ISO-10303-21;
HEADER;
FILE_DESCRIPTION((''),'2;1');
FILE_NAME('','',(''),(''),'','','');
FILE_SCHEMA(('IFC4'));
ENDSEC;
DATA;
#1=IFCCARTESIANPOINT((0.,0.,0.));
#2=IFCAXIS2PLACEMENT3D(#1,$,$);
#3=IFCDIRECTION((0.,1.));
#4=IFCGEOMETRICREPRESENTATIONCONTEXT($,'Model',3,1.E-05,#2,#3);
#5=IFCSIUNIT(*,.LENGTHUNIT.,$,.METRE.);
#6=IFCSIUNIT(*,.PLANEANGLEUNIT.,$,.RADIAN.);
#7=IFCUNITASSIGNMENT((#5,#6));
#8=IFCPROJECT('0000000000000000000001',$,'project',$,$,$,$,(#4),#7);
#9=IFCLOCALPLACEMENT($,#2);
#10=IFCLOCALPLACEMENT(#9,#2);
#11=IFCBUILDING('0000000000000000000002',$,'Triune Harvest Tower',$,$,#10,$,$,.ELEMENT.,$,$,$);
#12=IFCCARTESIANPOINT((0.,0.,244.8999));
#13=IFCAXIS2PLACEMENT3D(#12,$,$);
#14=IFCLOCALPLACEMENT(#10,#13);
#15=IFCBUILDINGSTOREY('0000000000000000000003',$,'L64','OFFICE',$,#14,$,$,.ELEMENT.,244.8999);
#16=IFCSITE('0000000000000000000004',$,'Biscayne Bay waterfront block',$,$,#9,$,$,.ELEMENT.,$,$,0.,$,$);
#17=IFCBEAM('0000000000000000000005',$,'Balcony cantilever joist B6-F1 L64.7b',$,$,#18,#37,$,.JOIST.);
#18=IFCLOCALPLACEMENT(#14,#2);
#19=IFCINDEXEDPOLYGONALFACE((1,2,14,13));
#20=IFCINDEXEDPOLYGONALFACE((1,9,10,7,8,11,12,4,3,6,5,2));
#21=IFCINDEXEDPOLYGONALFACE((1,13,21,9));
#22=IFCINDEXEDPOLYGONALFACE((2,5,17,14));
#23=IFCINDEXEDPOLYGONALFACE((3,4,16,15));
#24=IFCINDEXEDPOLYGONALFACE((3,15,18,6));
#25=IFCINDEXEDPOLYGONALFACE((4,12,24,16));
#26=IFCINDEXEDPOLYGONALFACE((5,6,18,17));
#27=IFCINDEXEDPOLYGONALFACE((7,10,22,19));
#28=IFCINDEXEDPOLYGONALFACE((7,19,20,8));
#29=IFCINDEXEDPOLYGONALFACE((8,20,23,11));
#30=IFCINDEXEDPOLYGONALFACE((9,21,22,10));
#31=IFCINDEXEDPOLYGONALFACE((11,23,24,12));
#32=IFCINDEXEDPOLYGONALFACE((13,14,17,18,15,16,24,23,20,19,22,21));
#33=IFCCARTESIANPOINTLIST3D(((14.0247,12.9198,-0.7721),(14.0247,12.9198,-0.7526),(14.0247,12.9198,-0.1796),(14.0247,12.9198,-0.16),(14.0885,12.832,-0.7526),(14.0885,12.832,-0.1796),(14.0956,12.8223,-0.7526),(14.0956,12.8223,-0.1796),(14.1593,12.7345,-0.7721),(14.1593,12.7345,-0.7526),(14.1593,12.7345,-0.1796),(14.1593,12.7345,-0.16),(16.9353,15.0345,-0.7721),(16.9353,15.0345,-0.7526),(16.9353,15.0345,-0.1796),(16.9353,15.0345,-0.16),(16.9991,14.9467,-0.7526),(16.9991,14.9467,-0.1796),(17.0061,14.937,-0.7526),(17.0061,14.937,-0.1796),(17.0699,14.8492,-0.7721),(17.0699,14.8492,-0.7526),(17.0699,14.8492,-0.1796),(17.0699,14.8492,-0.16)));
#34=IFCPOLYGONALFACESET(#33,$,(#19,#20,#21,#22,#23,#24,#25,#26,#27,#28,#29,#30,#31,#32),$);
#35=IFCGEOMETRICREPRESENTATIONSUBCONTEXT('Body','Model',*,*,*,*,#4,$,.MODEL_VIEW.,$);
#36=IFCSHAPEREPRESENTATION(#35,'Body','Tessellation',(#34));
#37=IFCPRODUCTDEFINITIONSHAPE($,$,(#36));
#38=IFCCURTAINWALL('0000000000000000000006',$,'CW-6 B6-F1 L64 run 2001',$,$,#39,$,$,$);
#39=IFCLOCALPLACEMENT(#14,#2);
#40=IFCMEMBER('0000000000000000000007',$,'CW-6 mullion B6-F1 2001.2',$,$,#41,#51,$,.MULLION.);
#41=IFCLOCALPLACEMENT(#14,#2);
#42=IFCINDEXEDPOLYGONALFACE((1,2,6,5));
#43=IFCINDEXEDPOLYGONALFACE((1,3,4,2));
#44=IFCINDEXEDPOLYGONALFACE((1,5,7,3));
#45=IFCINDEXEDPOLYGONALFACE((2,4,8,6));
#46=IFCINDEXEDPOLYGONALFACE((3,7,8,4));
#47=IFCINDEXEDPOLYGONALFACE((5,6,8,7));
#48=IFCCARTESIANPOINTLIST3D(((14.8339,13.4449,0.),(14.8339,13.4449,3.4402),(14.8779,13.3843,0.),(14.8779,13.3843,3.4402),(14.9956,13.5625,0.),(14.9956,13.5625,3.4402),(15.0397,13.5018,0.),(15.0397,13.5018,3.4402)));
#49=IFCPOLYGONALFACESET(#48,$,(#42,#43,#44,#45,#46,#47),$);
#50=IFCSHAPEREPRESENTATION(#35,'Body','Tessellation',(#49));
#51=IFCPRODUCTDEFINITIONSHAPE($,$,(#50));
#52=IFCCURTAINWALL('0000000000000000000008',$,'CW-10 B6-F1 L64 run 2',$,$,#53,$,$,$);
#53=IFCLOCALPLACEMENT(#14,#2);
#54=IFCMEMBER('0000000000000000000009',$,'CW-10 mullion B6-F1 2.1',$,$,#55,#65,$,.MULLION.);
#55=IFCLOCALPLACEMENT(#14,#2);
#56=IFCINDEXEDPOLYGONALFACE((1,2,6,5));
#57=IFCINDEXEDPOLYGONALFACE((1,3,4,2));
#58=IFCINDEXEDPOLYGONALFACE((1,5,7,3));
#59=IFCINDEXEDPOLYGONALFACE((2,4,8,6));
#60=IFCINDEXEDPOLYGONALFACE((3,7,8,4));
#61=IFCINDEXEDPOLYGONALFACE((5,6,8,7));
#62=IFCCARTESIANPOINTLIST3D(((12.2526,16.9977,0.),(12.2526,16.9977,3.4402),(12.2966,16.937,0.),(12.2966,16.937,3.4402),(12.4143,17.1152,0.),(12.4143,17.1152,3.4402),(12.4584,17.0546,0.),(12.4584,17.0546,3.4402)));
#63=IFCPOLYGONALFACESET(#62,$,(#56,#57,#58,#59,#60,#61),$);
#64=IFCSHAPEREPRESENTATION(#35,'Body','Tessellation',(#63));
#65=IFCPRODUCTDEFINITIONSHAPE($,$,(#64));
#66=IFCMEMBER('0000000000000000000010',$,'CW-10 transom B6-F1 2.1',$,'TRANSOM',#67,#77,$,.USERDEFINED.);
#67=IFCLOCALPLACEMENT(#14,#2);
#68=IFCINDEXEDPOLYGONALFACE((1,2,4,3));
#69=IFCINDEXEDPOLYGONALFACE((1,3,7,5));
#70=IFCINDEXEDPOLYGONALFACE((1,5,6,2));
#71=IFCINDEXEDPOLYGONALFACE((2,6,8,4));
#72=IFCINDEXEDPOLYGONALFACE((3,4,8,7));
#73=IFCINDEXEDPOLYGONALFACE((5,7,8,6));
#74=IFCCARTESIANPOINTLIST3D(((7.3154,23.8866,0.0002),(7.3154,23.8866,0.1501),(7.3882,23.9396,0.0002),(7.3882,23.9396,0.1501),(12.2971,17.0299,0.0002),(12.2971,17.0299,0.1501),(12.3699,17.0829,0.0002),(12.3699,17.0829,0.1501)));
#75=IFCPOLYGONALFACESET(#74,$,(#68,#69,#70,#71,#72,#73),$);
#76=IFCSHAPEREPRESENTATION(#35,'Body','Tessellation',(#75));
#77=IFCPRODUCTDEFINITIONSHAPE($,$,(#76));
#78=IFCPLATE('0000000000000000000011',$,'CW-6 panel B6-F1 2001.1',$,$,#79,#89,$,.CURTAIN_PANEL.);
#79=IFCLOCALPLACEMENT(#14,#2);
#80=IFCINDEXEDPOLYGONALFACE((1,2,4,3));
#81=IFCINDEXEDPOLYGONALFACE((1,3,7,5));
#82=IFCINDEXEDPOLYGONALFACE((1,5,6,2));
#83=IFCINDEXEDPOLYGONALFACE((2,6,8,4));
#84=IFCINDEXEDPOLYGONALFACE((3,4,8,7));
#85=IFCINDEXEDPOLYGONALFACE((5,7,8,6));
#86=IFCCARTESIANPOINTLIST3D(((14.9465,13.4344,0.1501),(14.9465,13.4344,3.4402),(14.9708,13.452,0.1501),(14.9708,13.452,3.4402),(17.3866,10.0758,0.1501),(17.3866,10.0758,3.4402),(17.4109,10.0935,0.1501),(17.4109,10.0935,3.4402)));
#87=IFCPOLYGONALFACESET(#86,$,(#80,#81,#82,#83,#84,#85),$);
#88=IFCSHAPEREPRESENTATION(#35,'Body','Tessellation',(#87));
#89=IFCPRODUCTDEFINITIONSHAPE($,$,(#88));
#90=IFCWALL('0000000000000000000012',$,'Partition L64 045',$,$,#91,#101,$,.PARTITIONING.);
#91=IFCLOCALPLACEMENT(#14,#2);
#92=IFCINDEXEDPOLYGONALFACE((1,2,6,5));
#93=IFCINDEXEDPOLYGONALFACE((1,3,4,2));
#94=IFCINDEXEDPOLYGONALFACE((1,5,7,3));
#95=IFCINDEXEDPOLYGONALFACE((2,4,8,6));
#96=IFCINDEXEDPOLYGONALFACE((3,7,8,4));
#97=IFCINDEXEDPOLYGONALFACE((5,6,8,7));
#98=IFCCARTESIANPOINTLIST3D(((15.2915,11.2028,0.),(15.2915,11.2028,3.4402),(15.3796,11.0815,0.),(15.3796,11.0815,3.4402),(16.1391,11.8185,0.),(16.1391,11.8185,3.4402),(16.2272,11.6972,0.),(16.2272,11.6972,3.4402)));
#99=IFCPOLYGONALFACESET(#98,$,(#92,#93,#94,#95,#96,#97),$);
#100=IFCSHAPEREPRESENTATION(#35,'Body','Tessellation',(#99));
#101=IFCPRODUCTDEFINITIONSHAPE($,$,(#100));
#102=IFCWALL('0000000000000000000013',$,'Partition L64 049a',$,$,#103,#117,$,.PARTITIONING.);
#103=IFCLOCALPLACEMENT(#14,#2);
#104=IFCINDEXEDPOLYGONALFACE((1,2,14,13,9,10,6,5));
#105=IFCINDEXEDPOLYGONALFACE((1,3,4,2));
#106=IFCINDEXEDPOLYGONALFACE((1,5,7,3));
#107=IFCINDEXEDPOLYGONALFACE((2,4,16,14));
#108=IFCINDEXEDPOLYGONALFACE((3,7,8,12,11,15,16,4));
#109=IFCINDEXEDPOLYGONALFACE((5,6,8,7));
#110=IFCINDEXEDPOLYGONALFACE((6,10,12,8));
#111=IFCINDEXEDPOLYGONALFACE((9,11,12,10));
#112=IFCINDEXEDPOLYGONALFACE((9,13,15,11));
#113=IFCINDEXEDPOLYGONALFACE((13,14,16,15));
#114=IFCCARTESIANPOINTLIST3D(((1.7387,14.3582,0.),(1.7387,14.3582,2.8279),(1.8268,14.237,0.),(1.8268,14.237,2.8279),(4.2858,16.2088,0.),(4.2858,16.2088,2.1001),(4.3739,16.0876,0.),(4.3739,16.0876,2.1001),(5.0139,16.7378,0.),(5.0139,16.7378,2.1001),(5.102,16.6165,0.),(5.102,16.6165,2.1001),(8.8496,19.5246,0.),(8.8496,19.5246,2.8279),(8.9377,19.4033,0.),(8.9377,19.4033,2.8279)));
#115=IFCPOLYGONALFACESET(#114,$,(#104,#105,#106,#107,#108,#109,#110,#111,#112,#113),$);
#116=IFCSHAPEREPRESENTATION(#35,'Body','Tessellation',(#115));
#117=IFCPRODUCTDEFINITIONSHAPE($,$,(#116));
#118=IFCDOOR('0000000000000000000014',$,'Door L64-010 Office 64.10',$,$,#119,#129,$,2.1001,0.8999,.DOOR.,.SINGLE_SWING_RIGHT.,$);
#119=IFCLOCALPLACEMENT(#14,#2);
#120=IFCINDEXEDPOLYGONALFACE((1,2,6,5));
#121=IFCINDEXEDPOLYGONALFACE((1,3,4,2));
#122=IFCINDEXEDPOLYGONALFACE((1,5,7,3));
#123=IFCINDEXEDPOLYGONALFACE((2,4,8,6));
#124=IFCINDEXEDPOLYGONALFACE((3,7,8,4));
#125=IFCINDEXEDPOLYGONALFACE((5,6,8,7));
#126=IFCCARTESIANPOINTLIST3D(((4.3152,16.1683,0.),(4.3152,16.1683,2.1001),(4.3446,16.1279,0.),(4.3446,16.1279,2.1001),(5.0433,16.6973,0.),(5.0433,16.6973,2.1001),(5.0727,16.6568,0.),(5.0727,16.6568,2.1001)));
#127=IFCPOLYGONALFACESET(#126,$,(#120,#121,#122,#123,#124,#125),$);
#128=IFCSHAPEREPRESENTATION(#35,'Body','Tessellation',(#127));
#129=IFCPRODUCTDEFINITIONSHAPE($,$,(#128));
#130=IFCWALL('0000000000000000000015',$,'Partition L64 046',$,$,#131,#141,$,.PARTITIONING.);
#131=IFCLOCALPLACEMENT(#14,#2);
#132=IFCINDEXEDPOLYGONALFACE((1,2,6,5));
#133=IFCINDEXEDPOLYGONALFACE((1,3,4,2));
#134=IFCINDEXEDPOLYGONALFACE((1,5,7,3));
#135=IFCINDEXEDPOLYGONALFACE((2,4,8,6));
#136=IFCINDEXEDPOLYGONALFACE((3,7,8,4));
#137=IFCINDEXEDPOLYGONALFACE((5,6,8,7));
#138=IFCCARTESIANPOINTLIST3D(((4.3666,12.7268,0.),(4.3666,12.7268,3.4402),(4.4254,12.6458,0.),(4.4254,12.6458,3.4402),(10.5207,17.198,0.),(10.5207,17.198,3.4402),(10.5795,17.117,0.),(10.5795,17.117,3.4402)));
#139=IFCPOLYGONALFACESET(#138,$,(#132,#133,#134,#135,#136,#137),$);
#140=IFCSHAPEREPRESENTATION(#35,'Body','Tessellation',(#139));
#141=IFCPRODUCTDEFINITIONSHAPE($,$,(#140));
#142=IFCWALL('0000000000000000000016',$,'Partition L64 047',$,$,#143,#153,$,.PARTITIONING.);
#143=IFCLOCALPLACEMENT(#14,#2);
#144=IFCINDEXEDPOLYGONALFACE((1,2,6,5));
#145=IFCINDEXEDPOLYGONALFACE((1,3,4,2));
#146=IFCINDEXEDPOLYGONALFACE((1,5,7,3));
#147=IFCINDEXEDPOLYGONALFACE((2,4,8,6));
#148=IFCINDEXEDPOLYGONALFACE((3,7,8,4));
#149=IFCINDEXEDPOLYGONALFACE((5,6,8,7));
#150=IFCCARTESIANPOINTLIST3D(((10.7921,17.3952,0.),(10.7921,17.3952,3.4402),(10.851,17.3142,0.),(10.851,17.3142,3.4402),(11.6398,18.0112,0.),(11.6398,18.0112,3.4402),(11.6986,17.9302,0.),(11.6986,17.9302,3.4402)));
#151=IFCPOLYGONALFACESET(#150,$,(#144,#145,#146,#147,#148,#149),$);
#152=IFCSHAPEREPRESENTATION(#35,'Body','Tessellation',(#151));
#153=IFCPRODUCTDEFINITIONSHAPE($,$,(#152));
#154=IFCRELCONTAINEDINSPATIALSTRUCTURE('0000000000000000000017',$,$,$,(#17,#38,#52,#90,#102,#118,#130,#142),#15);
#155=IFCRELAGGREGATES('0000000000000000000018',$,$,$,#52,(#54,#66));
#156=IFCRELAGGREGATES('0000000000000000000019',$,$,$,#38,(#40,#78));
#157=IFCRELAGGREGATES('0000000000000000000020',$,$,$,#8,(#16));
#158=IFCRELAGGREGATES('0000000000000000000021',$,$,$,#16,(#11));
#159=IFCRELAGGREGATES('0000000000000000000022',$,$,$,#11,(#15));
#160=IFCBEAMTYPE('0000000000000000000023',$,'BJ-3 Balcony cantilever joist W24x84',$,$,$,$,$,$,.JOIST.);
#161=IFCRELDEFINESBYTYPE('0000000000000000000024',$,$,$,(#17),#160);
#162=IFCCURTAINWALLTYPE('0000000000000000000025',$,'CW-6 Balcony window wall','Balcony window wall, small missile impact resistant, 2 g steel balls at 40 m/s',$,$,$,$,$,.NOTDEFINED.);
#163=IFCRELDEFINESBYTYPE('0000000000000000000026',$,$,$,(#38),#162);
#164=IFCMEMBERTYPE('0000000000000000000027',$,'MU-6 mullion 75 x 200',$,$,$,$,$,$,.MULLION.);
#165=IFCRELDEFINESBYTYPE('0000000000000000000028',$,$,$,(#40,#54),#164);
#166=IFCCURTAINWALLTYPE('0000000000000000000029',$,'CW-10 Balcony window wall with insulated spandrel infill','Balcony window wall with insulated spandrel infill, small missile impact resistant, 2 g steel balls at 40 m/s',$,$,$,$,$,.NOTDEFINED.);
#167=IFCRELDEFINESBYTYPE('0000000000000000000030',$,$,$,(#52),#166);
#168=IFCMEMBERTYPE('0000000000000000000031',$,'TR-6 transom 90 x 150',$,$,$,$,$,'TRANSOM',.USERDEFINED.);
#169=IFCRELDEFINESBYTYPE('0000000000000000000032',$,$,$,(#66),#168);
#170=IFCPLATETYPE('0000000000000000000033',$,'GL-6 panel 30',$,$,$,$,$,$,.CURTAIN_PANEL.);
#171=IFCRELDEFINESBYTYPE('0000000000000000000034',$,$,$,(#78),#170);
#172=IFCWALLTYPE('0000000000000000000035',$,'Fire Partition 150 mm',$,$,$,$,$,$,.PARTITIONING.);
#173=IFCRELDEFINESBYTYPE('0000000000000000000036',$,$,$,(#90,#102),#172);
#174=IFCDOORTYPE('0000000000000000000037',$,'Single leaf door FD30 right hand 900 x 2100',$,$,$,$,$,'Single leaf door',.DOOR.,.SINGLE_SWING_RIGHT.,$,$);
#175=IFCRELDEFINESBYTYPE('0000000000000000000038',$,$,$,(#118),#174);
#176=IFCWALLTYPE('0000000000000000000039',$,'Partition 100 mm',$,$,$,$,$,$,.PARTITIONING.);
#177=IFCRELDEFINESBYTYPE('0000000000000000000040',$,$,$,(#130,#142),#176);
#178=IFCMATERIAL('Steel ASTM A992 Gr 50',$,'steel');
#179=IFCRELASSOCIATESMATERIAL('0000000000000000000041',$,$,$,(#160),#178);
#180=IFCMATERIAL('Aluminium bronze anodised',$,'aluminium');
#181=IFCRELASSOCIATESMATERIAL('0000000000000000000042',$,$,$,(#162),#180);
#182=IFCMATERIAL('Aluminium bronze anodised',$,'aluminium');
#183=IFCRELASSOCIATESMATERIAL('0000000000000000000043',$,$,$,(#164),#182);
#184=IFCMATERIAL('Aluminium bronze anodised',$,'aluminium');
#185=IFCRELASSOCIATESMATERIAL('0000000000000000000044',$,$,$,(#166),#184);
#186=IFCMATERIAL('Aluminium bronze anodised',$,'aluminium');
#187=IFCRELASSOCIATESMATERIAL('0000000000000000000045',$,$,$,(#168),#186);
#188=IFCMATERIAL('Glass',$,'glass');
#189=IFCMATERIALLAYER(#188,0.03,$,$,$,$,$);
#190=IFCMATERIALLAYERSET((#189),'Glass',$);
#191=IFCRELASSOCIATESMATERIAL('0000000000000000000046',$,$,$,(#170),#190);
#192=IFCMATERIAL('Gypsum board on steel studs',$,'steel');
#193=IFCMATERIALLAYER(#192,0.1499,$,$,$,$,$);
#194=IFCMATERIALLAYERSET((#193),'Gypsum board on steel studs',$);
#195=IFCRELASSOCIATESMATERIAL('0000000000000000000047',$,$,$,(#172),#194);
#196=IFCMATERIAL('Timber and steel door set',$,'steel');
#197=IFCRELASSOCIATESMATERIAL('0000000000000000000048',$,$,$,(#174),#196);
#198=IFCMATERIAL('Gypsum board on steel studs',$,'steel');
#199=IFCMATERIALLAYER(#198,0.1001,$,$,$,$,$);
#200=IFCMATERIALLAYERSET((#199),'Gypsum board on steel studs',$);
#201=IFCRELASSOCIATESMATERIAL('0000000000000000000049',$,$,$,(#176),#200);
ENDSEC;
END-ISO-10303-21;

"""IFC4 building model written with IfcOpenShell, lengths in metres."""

from ifc_helpers import new_model, si_unit, direction, frame, frame_2d, origin, origin_2d, place, context, subcontext, project, spatial, rectangle, i_section, extrude, source, transform, mapped, material, layer, layer_set, material_profile, profile_set, type_object, element, fill, aggregate, save


model = new_model("IFC4")

# Units and contexts
model_context = context("Model", 3, precision=1e-05, world=origin(), true_north=direction((0.0, 1.0)))
body_context = subcontext(model_context, "Body", "Model", "MODEL_VIEW")
ifc_project = project(units=[si_unit("LENGTHUNIT", "METRE"), si_unit("PLANEANGLEUNIT", "RADIAN")], contexts=[model_context])

# Site, building, storey
site_placement = place(None, origin())
site = spatial("IfcSite", under=ifc_project, at=site_placement, Name="Biscayne Bay waterfront block", CompositionType="ELEMENT", RefElevation=0.0)
building_placement = place(site_placement, origin())
building = spatial("IfcBuilding", under=site, at=building_placement, Name="Triune Harvest Tower", CompositionType="ELEMENT")
storey_placement = place(building_placement, frame((0.0, 0.0, 244.8999)))
storey = spatial("IfcBuildingStorey", under=building, at=storey_placement, Name="L64", Description="OFFICE", CompositionType="ELEMENT", Elevation=244.8999)

# Beam
ifc_material_1 = material(Name="Steel ASTM A992 Gr 50", Category="steel")
ifc_material_profile_1 = material_profile(ifc_material_1, i_section(OverallWidth=0.229, OverallDepth=0.6121, WebThickness=0.012, FlangeThickness=0.0195, at=origin_2d()), Name="W24x84")
ifc_profile_set_1 = profile_set([ifc_material_profile_1], Name="Steel ASTM A992 Gr 50")
beam_type_1 = type_object("IfcBeamType", Name="BJ-3 Balcony cantilever joist W24x84", PredefinedType="JOIST", material=ifc_profile_set_1)
shared_shape_1 = source(origin(), body_context, "Body", "SweptSolid", [
    extrude(i_section(OverallWidth=0.229, OverallDepth=0.6121, WebThickness=0.012, FlangeThickness=0.0195, at=origin_2d()), origin(), (0.0, 0.0, 1.0), 3.5977),
])
for number, where, z_axis, x_axis, name in (
    (1, (14.092, 12.8271, -0.4661), (0.809012, 0.587792, 0.0), (-0.587792, 0.809012, 0.0), "Balcony cantilever joist B6-F1 L64.7b"),
):
    element("IfcBeam", number, at=place(storey_placement, frame(where, z_axis=z_axis, x_axis=x_axis)), inside=storey, type_object=beam_type_1, Name=name, PredefinedType="JOIST", context=body_context, shape_type="MappedRepresentation", body=[
        mapped(shared_shape_1, transform((0.0, 0.0, 0.0), scale=1.0)),
    ])

# Curtain wall, member
ifc_material_2 = material(Name="Aluminium bronze anodised", Category="aluminium")
curtain_wall_type_1 = type_object("IfcCurtainWallType", Name="CW-6 Balcony window wall", Description="Balcony window wall, small missile impact resistant, 2 g steel balls at 40 m/s", PredefinedType="NOTDEFINED", material=ifc_material_2)
curtain_wall_1_placement = place(storey_placement, origin())
curtain_wall_1 = element("IfcCurtainWall", 2, at=curtain_wall_1_placement, inside=storey, type_object=curtain_wall_type_1, Name="CW-6 B6-F1 L64 run 2001")
ifc_material_3 = material(Name="Aluminium bronze anodised", Category="aluminium")
ifc_material_profile_2 = material_profile(ifc_material_3, rectangle(XDim=0.2, YDim=0.075, at=origin_2d()), Name="MU-6 mullion 75 x 200")
ifc_profile_set_2 = profile_set([ifc_material_profile_2], Name="Aluminium bronze anodised")
member_type_1 = type_object("IfcMemberType", Name="MU-6 mullion 75 x 200", PredefinedType="MULLION", material=ifc_profile_set_2)
shared_shape_2 = source(origin(), body_context, "Body", "SweptSolid", [
    extrude(rectangle(XDim=0.2, YDim=0.075, at=origin_2d()), origin(), (0.0, 0.0, 1.0), 3.4402),
])
member_1_placement = place(storey_placement, frame((14.9368, 13.4734, 0.0), z_axis=(0.0, 0.0, 1.0), x_axis=(-0.809019, -0.587783, 0.0)))
member_1 = element("IfcMember", 3, at=member_1_placement, type_object=member_type_1, Name="CW-6 mullion B6-F1 2001.2", PredefinedType="MULLION", context=body_context, shape_type="MappedRepresentation", body=[
    mapped(shared_shape_2, transform((0.0, 0.0, 0.0), scale=1.0)),
])

# Curtain wall, members
ifc_material_4 = material(Name="Aluminium bronze anodised", Category="aluminium")
curtain_wall_type_2 = type_object("IfcCurtainWallType", Name="CW-10 Balcony window wall with insulated spandrel infill", Description="Balcony window wall with insulated spandrel infill, small missile impact resistant, 2 g steel balls at 40 m/s", PredefinedType="NOTDEFINED", material=ifc_material_4)
curtain_wall_2_placement = place(storey_placement, origin())
curtain_wall_2 = element("IfcCurtainWall", 4, at=curtain_wall_2_placement, inside=storey, type_object=curtain_wall_type_2, Name="CW-10 B6-F1 L64 run 2")
member_2_placement = place(storey_placement, frame((12.3555, 17.0261, 0.0), z_axis=(0.0, 0.0, 1.0), x_axis=(-0.809018, -0.587784, 0.0)))
member_2 = element("IfcMember", 5, at=member_2_placement, type_object=member_type_1, Name="CW-10 mullion B6-F1 2.1", PredefinedType="MULLION", context=body_context, shape_type="MappedRepresentation", body=[
    mapped(shared_shape_2, transform((0.0, 0.0, 0.0), scale=1.0)),
])
ifc_material_5 = material(Name="Aluminium bronze anodised", Category="aluminium")
ifc_material_profile_3 = material_profile(ifc_material_5, rectangle(XDim=0.0901, YDim=0.1499, at=origin_2d()), Name="TR-6 transom 90 x 150")
ifc_profile_set_3 = profile_set([ifc_material_profile_3], Name="Aluminium bronze anodised")
member_type_2 = type_object("IfcMemberType", Name="TR-6 transom 90 x 150", ElementType="TRANSOM", PredefinedType="USERDEFINED", material=ifc_profile_set_3)
shared_shape_3 = source(origin(), body_context, "Body", "SweptSolid", [
    extrude(rectangle(XDim=0.0901, YDim=0.1499, at=origin_2d()), origin(), (0.0, 0.0, 1.0), 8.4753),
])
member_3_placement = place(storey_placement, frame((12.3335, 17.0564, 0.0752), z_axis=(-0.587786, 0.809016, 0.0), x_axis=(-0.809016, -0.587786, 0.0)))
member_3 = element("IfcMember", 6, at=member_3_placement, type_object=member_type_2, Name="CW-10 transom B6-F1 2.1", ObjectType="TRANSOM", PredefinedType="USERDEFINED", context=body_context, shape_type="MappedRepresentation", body=[
    mapped(shared_shape_3, transform((0.0, 0.0, 0.0), scale=1.0)),
])
aggregate(curtain_wall_2, [member_2, member_3])

# Plate
ifc_material_6 = material(Name="Glass", Category="glass")
ifc_layer_1 = layer(ifc_material_6, 0.03)
ifc_layer_set_1 = layer_set([ifc_layer_1], Name="Glass")
plate_type = type_object("IfcPlateType", Name="GL-6 panel 30", PredefinedType="CURTAIN_PANEL", material=ifc_layer_set_1)
shared_shape_4 = source(origin(), body_context, "Body", "SweptSolid", [
    extrude(rectangle(XDim=4.1514, YDim=0.03, at=origin_2d()), origin(), (0.0, 0.0, 1.0), 3.29),
])
plate_placement = place(storey_placement, frame((16.1787, 11.7639, 0.1501), z_axis=(0.0, 0.0, 1.0), x_axis=(-0.587783, 0.809019, 0.0)))
plate = element("IfcPlate", 7, at=plate_placement, type_object=plate_type, Name="CW-6 panel B6-F1 2001.1", PredefinedType="CURTAIN_PANEL", context=body_context, shape_type="MappedRepresentation", body=[
    mapped(shared_shape_4, transform((0.0, 0.0, 0.0), scale=1.0)),
])
aggregate(curtain_wall_1, [member_1, plate])

# Wall
ifc_material_7 = material(Name="Gypsum board on steel studs", Category="steel")
ifc_layer_2 = layer(ifc_material_7, 0.1499)
ifc_layer_set_2 = layer_set([ifc_layer_2], Name="Gypsum board on steel studs")
wall_type_1 = type_object("IfcWallType", Name="Fire Partition 150 mm", PredefinedType="PARTITIONING", material=ifc_layer_set_2)
wall_1_placement = place(storey_placement, frame((15.3354, 11.1421, 0.0), z_axis=(0.0, 0.0, 1.0), x_axis=(0.809079, 0.587701, 0.0)))
element("IfcWall", 8, at=wall_1_placement, inside=storey, type_object=wall_type_1, Name="Partition L64 045", PredefinedType="PARTITIONING", context=body_context, shape_type="SweptSolid", body=[
    extrude(rectangle(XDim=1.0476, YDim=0.1499, at=frame_2d((0.5239, 0.0))), origin(), (0.0, 0.0, 1.0), 3.4402),
])

# Wall, opening, door
wall_2_placement = place(storey_placement, frame((1.7827, 14.2976, 0.0), z_axis=(0.0, 0.0, 1.0), x_axis=(0.809021, 0.58778, 0.0)))
wall_2 = element("IfcWall", 9, at=wall_2_placement, inside=storey, type_object=wall_type_1, Name="Partition L64 049a", PredefinedType="PARTITIONING", context=body_context, shape_type="SweptSolid", body=[
    extrude(rectangle(XDim=8.7896, YDim=0.1499, at=frame_2d((4.3948, 0.0))), origin(), (0.0, 0.0, 1.0), 2.8279),
])
opening_1_placement = place(wall_2_placement, frame((3.1484, 0.0, 0.0)))
opening_1 = element("IfcOpeningElement", 10, at=opening_1_placement, cuts=wall_2, PredefinedType="OPENING", context=body_context, shape_type="SweptSolid", body=[
    extrude(rectangle(XDim=0.8999, YDim=2.1001, at=frame_2d((0.45, 1.05))), frame((0.0, 0.085, 0.0), z_axis=(0.0, -1.0, 0.0), x_axis=(1.0, 0.0, 0.0)), (0.0, 0.0, 1.0), 0.1699),
])
ifc_material_8 = material(Name="Timber and steel door set", Category="steel")
door_type_1 = type_object("IfcDoorType", Name="Single leaf door FD30 right hand 900 x 2100", ElementType="Single leaf door", OperationType="SINGLE_SWING_RIGHT", PredefinedType="DOOR", material=ifc_material_8)
door_1_placement = place(opening_1_placement, origin())
door_1 = element("IfcDoor", 11, at=door_1_placement, inside=storey, type_object=door_type_1, Name="Door L64-010 Office 64.10", OperationType="SINGLE_SWING_RIGHT", OverallHeight=2.1001, OverallWidth=0.8999, PredefinedType="DOOR", context=body_context, shape_type="SweptSolid", body=[
    extrude(rectangle(XDim=0.8999, YDim=2.1001, at=frame_2d((0.45, 1.05))), frame((0.0, 0.0249, 0.0), z_axis=(0.0, -1.0, 0.0), x_axis=(1.0, 0.0, 0.0)), (0.0, 0.0, 1.0), 0.05),
])
fill(opening_1, door_1)

# Wall
ifc_material_9 = material(Name="Gypsum board on steel studs", Category="steel")
ifc_layer_3 = layer(ifc_material_9, 0.1001)
ifc_layer_set_3 = layer_set([ifc_layer_3], Name="Gypsum board on steel studs")
wall_type_2 = type_object("IfcWallType", Name="Partition 100 mm", PredefinedType="PARTITIONING", material=ifc_layer_set_3)
wall_3_placement = place(storey_placement, frame((4.396, 12.6863, 0.0), z_axis=(0.0, 0.0, 1.0), x_axis=(0.809016, 0.587786, 0.0)))
element("IfcWall", 12, at=wall_3_placement, inside=storey, type_object=wall_type_2, Name="Partition L64 046", PredefinedType="PARTITIONING", context=body_context, shape_type="SweptSolid", body=[
    extrude(rectangle(XDim=7.6069, YDim=0.1001, at=frame_2d((3.8035, 0.0))), origin(), (0.0, 0.0, 1.0), 3.4402),
])

# Wall
shared_shape_5 = source(origin(), body_context, "Body", "SweptSolid", [
    extrude(rectangle(XDim=1.0479, YDim=0.1001, at=frame_2d((0.5239, 0.0))), origin(), (0.0, 0.0, 1.0), 3.4402),
])
wall_4_placement = place(storey_placement, frame((10.8215, 17.3547, 0.0), z_axis=(0.0, 0.0, 1.0), x_axis=(0.808968, 0.587853, 0.0)))
element("IfcWall", 13, at=wall_4_placement, inside=storey, type_object=wall_type_2, Name="Partition L64 047", PredefinedType="PARTITIONING", context=body_context, shape_type="MappedRepresentation", body=[
    mapped(shared_shape_5, transform((0.0, 0.0, 0.0), scale=1.0)),
])

save(model, "model.ifc")
